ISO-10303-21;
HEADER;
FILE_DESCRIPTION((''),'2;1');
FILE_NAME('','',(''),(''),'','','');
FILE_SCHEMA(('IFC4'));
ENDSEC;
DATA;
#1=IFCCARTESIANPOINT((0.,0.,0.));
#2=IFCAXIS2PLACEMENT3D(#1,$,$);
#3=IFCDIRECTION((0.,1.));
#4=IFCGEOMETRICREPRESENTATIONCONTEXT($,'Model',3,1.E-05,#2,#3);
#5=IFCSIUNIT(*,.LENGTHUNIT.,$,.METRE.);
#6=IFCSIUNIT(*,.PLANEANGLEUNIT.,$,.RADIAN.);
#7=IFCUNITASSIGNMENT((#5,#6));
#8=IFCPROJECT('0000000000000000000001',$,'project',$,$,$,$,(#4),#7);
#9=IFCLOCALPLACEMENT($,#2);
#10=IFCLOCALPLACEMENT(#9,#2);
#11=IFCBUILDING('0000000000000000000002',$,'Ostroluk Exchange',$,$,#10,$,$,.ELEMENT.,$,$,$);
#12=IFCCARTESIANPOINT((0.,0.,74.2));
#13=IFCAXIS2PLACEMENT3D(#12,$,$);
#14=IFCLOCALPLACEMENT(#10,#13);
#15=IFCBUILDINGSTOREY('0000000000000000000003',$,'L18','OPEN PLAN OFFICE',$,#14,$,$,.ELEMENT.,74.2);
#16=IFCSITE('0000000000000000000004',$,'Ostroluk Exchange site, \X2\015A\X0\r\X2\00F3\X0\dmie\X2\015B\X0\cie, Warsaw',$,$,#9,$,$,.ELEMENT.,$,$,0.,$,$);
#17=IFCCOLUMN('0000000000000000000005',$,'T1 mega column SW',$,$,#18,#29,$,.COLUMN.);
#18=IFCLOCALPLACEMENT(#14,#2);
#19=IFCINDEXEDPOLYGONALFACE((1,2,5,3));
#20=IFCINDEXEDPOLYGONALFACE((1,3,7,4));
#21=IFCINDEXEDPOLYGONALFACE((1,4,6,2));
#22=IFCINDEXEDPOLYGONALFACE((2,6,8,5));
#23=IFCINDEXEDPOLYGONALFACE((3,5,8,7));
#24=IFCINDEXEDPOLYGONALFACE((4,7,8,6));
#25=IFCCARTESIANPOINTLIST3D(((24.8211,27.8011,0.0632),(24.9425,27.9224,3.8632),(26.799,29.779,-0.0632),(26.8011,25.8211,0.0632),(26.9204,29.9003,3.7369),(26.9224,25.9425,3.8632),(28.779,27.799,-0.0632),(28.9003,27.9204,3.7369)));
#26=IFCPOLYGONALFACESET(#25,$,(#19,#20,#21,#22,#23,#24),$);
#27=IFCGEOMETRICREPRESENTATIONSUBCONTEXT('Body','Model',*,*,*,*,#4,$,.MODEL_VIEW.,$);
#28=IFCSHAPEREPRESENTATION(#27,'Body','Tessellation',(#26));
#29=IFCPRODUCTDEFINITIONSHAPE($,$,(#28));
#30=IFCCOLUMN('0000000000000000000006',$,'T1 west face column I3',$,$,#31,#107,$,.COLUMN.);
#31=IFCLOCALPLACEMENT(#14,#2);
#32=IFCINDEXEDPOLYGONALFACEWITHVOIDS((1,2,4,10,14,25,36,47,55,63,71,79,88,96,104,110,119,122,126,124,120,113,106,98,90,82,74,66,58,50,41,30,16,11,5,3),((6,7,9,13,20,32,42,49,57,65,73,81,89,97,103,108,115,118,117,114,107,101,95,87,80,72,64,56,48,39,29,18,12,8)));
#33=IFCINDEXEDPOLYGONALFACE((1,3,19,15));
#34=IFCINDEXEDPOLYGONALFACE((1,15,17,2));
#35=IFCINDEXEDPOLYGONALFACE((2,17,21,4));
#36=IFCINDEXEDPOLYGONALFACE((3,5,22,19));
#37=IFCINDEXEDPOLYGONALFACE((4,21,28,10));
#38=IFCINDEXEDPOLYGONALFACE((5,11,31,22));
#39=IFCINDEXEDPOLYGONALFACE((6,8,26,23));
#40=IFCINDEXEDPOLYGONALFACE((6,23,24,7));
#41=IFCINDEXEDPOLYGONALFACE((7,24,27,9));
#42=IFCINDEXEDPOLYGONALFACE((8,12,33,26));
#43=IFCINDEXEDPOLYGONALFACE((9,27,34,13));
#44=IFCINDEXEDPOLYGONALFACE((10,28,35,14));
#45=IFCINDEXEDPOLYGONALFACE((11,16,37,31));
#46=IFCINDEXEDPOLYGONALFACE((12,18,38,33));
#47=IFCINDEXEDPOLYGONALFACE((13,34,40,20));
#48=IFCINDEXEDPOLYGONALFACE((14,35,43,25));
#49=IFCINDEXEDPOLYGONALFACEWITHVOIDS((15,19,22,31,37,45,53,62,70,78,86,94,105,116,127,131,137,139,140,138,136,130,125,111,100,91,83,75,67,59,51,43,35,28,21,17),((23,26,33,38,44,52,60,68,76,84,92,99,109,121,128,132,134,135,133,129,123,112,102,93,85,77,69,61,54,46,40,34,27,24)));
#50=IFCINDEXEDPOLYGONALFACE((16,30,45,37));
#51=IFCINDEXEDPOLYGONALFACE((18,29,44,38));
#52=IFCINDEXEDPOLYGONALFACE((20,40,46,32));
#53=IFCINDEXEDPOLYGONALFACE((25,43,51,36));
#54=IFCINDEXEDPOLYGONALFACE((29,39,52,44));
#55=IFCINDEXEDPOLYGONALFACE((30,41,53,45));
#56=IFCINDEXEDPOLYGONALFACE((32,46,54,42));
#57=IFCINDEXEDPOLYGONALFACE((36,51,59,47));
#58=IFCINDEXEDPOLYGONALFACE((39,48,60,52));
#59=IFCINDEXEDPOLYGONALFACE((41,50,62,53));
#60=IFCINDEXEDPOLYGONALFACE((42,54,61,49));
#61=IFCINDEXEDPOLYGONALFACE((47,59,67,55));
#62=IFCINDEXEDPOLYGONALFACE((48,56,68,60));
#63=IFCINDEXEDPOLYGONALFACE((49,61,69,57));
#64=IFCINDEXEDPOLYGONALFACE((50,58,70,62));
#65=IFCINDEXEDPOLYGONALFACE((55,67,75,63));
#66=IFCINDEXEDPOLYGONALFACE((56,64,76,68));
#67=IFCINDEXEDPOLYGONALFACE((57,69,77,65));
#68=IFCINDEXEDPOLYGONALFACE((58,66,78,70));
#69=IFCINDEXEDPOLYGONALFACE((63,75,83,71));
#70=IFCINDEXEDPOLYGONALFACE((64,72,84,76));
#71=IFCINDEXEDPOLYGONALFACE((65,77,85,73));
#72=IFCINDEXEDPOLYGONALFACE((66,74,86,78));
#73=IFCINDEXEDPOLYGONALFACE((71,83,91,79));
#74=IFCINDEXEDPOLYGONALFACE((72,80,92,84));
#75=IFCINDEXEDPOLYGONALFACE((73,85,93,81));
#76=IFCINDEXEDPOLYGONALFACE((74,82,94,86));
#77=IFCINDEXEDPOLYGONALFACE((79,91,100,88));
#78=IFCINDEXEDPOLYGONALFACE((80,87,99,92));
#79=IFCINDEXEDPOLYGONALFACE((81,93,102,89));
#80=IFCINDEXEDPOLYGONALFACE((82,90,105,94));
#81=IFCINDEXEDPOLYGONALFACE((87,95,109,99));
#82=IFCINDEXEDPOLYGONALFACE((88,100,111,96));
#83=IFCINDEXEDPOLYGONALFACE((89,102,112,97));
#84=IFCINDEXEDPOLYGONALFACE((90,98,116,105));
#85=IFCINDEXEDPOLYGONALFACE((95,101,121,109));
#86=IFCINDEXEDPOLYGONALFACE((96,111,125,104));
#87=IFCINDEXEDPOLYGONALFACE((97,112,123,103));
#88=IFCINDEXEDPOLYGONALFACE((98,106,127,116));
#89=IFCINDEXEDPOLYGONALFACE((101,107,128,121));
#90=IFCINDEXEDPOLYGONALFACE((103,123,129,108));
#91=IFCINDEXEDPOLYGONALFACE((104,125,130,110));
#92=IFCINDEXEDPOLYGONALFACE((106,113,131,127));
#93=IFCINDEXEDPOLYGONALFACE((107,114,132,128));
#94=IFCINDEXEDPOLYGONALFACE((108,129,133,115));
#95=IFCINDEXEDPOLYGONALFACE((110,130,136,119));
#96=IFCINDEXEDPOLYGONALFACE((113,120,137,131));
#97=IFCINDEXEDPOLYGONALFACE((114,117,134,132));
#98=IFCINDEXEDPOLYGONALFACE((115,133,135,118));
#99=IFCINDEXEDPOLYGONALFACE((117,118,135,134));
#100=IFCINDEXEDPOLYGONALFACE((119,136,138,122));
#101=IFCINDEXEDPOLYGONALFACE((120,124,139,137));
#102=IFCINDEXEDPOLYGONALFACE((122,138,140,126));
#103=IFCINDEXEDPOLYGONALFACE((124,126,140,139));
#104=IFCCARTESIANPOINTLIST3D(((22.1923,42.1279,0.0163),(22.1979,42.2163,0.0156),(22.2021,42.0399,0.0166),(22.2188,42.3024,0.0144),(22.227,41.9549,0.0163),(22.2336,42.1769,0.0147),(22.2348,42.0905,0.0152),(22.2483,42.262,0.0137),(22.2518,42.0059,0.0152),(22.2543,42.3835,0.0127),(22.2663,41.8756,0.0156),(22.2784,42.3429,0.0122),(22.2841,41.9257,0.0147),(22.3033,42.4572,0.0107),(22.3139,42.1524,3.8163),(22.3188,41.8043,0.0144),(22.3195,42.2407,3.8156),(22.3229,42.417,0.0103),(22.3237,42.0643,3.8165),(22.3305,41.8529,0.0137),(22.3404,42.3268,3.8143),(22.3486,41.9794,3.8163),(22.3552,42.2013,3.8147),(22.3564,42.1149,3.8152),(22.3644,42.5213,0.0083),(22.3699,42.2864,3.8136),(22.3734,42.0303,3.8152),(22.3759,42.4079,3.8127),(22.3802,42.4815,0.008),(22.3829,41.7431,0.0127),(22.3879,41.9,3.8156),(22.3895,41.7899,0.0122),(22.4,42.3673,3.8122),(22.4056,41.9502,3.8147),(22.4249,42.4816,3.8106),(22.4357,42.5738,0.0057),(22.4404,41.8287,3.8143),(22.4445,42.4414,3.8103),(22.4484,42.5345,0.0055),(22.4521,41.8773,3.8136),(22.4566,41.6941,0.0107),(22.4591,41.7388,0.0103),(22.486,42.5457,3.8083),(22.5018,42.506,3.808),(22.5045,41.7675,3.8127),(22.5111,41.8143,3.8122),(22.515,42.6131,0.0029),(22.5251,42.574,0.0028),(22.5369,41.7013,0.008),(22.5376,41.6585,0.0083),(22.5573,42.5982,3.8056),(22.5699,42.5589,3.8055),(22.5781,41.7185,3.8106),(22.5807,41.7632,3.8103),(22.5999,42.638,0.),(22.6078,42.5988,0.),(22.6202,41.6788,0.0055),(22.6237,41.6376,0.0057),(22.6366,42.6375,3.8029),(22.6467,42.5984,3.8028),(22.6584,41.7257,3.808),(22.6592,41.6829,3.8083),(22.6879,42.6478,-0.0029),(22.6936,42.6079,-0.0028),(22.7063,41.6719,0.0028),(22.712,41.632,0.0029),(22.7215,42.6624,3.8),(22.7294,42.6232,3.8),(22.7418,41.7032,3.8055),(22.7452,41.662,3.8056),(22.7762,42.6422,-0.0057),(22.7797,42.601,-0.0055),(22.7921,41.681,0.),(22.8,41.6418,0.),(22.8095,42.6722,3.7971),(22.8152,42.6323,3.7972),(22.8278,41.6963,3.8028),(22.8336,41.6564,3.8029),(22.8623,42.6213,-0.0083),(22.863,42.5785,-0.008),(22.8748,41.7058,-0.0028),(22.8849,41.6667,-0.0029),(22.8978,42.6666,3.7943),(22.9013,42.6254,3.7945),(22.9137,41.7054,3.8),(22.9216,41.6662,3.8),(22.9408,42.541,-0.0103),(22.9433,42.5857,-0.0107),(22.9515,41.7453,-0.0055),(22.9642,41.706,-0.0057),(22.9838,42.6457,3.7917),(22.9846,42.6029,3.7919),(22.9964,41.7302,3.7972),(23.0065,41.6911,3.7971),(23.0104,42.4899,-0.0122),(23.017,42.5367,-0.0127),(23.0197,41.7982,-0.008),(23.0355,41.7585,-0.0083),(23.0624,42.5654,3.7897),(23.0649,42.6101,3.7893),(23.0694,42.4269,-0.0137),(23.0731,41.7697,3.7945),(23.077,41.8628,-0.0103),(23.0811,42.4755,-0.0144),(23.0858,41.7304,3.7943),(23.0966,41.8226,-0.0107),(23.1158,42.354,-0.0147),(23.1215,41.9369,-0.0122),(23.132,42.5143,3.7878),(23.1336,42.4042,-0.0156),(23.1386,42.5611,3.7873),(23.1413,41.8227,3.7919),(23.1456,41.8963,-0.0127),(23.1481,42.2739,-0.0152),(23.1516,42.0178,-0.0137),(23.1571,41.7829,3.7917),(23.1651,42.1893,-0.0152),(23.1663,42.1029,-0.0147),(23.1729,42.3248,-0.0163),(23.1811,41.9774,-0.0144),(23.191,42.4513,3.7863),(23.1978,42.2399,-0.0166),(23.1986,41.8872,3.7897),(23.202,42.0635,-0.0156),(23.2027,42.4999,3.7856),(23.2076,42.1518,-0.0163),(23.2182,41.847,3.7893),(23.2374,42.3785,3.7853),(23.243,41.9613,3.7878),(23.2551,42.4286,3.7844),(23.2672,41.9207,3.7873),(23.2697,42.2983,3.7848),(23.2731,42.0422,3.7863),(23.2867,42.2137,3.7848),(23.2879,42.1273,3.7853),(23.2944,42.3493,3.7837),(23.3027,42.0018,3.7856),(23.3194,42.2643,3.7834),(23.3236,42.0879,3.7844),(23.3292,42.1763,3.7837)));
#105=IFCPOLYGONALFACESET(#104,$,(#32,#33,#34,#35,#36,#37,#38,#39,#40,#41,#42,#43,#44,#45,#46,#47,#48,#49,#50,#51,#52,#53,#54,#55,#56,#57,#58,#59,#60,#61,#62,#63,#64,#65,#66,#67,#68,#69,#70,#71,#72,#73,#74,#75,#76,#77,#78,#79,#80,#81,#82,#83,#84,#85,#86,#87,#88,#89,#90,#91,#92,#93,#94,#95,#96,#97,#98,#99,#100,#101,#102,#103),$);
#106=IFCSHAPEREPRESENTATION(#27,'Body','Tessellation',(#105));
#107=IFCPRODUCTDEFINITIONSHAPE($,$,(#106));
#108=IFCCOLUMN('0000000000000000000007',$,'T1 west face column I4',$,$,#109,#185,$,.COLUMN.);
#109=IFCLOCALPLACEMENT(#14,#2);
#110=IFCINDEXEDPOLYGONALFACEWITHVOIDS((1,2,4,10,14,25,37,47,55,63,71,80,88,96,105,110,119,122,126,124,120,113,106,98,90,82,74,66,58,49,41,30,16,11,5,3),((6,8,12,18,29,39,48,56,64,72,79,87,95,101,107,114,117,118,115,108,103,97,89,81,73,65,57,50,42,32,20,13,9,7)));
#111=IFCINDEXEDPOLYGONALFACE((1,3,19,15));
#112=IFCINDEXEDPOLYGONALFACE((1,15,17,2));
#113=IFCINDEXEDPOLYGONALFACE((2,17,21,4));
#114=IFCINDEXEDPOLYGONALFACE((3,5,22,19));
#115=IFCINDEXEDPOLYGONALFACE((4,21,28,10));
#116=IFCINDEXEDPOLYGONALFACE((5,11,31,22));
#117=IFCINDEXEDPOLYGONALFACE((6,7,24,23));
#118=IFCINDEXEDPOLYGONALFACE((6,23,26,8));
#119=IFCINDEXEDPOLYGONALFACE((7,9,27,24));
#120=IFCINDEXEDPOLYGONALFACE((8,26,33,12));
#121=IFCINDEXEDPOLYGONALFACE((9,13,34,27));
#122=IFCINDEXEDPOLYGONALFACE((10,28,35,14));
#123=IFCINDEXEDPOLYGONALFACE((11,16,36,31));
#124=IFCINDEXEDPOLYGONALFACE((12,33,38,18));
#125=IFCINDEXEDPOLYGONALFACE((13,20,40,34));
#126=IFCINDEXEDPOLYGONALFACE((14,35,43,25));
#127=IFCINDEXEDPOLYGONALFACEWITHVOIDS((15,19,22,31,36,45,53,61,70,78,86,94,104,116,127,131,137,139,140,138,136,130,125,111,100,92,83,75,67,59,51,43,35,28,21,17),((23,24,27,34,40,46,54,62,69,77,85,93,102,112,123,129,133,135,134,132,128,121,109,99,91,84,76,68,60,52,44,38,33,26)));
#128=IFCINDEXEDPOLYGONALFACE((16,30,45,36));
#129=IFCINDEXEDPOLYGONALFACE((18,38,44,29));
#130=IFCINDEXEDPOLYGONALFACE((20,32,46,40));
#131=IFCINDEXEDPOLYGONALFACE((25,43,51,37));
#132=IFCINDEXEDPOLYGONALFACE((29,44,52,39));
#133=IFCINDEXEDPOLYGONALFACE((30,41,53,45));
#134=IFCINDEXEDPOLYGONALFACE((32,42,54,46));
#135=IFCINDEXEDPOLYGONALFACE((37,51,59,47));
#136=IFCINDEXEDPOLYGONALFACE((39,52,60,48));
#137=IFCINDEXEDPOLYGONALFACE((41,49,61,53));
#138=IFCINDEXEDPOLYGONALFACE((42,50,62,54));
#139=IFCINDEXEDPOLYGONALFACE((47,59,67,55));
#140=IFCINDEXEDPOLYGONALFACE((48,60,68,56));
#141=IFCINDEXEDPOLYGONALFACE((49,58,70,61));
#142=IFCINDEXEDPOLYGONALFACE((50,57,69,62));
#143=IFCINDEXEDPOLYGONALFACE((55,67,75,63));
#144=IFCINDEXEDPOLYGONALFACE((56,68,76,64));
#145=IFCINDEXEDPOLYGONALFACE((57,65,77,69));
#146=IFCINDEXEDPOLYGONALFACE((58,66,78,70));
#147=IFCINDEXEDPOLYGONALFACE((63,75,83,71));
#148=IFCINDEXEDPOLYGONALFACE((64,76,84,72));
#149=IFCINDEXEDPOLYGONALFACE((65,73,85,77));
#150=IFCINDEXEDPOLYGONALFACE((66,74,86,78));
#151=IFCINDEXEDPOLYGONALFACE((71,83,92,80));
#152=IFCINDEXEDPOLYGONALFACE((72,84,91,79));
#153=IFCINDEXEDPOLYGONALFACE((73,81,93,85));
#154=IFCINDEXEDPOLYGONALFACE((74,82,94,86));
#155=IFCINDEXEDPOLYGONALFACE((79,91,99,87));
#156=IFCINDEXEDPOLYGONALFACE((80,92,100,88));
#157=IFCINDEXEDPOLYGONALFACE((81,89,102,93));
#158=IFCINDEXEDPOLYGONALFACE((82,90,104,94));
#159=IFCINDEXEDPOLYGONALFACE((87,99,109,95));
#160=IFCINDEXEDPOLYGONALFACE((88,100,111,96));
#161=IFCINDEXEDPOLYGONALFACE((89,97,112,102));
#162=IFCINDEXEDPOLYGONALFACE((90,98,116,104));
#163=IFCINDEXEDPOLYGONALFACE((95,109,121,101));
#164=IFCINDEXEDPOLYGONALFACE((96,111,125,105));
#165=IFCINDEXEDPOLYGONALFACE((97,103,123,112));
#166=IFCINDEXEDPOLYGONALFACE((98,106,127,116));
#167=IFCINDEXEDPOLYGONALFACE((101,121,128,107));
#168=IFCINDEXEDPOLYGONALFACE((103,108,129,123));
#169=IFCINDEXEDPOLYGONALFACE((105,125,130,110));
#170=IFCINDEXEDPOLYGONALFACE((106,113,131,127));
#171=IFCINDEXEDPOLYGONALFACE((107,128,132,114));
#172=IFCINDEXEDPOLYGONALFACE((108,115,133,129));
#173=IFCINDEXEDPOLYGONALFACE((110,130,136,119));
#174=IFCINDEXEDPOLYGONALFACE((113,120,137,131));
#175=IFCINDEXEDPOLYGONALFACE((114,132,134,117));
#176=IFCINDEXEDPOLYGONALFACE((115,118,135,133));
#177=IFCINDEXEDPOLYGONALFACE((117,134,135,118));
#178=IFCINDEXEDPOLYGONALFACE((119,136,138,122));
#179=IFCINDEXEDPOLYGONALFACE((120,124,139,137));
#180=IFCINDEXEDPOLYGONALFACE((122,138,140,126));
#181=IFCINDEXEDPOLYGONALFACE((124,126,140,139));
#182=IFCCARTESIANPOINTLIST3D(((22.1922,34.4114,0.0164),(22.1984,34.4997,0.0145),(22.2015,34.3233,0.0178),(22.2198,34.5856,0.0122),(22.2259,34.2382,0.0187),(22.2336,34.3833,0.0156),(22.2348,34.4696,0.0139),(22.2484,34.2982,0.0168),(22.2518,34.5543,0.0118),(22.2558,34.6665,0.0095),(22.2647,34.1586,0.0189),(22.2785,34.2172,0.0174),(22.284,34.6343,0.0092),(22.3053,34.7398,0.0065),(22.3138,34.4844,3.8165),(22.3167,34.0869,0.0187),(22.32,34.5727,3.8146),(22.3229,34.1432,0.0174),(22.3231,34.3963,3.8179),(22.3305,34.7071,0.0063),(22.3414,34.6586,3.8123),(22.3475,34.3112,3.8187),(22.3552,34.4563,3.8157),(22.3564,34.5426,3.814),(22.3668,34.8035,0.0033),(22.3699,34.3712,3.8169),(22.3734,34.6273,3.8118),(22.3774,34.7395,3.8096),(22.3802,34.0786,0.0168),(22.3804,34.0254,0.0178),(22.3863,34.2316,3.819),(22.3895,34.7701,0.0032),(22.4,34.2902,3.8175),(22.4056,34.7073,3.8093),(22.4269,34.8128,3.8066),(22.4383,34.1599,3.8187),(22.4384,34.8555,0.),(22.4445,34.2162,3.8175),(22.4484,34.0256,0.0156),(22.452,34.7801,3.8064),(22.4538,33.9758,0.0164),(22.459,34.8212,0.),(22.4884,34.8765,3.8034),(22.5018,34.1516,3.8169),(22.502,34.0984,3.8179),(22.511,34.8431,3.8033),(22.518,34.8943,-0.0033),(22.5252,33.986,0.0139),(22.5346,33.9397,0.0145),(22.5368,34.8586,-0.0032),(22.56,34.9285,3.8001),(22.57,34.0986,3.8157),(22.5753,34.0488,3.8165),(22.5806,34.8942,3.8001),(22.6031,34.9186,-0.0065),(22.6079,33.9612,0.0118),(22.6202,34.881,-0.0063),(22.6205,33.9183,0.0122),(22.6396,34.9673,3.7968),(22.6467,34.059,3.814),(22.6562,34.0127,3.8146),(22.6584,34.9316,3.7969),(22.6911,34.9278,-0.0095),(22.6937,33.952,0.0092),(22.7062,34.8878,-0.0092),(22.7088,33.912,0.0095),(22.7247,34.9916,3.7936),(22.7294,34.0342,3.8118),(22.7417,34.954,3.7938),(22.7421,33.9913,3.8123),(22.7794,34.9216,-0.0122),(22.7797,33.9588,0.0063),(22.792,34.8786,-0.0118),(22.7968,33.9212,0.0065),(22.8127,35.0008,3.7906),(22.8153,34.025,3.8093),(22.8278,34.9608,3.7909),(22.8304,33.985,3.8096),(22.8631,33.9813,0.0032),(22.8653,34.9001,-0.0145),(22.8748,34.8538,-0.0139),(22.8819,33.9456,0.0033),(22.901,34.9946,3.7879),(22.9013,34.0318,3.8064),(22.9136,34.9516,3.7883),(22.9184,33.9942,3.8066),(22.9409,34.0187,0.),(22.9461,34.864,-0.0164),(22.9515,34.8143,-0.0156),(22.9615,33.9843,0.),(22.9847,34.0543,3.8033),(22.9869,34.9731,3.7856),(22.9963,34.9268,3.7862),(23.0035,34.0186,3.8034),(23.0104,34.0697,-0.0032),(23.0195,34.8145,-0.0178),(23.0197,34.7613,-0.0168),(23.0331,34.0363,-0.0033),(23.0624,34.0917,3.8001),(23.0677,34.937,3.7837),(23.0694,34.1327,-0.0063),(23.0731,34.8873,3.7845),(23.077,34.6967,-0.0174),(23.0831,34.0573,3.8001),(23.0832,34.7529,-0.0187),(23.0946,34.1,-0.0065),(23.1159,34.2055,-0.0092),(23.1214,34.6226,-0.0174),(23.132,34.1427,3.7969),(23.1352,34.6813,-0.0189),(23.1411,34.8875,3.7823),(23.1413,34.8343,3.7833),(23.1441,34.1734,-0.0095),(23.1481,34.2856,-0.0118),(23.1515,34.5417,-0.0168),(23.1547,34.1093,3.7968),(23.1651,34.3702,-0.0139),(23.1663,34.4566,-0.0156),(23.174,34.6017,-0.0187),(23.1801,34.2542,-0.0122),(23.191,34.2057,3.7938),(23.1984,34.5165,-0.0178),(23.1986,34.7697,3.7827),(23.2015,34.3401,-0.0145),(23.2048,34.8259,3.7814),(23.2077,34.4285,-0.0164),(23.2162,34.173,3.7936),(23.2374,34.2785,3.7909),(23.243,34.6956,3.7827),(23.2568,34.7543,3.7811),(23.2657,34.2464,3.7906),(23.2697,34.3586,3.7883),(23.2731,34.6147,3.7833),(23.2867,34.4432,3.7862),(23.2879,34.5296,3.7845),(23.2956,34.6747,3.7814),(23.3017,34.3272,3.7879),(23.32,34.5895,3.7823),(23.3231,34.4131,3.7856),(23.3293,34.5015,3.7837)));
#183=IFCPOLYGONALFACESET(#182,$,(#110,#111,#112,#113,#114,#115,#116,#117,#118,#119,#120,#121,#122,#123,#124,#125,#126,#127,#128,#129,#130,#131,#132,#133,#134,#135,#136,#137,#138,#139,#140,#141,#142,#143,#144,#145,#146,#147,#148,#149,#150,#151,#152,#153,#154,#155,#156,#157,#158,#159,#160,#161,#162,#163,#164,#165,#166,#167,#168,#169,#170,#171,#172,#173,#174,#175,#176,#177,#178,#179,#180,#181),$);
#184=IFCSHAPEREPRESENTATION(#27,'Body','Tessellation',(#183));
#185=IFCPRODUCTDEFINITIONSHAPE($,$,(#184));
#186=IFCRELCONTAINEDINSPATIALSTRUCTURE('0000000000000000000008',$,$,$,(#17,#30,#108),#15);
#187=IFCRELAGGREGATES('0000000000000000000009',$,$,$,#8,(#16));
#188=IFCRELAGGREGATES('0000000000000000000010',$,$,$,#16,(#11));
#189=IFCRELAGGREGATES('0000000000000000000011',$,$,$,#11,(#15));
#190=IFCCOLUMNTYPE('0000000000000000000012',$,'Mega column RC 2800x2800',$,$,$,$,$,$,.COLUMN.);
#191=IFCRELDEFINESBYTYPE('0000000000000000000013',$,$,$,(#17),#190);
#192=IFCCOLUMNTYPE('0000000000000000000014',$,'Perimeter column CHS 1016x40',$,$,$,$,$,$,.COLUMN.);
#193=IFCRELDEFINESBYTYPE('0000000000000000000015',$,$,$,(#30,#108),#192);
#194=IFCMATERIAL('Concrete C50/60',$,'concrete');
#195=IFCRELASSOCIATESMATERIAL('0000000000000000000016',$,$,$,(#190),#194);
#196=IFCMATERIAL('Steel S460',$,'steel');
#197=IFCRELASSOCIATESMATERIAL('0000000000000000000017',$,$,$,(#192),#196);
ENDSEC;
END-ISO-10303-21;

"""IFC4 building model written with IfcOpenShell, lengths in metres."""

from ifc_helpers import new_model, si_unit, direction, frame, origin, origin_2d, place, context, subcontext, project, spatial, rectangle, hollow_circle, extrude, material, material_profile, profile_set, type_object, element, save


model = new_model("IFC4")

# Units and contexts
model_context = context("Model", 3, precision=1e-05, world=origin(), true_north=direction((0.0, 1.0)))
body_context = subcontext(model_context, "Body", "Model", "MODEL_VIEW")
ifc_project = project(units=[si_unit("LENGTHUNIT", "METRE"), si_unit("PLANEANGLEUNIT", "RADIAN")], contexts=[model_context])

# Site, building, storey
site_placement = place(None, origin())
site = spatial("IfcSite", under=ifc_project, at=site_placement, Name="Ostroluk Exchange site, Śródmieście, Warsaw", CompositionType="ELEMENT", RefElevation=0.0)
building_placement = place(site_placement, origin())
building = spatial("IfcBuilding", under=site, at=building_placement, Name="Ostroluk Exchange", CompositionType="ELEMENT")
storey_placement = place(building_placement, frame((0.0, 0.0, 74.2)))
storey = spatial("IfcBuildingStorey", under=building, at=storey_placement, Name="L18", Description="OPEN PLAN OFFICE", CompositionType="ELEMENT", Elevation=74.2)

# Columns
ifc_material_1 = material(Name="Concrete C50/60", Category="concrete")
ifc_material_profile_1 = material_profile(ifc_material_1, rectangle(XDim=2.8, YDim=2.8, at=origin_2d()), Name="RC 2800x2800")
ifc_profile_set_1 = profile_set([ifc_material_profile_1], Name="Concrete C50/60")
column_type_1 = type_object("IfcColumnType", Name="Mega column RC 2800x2800", PredefinedType="COLUMN", material=ifc_profile_set_1)
column_1_placement = place(storey_placement, frame((26.8, 27.8, 0.0), z_axis=(0.031898, 0.031898, 0.998982), x_axis=(-0.707107, 0.707107, 0.0)))
element("IfcColumn", 1, at=column_1_placement, inside=storey, type_object=column_type_1, Name="T1 mega column SW", PredefinedType="COLUMN", context=body_context, shape_type="SweptSolid", body=[
    extrude(rectangle(XDim=2.8, YDim=2.8, at=origin_2d()), origin(), (0.0, 0.0, 1.0), 3.804),
])
ifc_material_2 = material(Name="Steel S460", Category="steel")
ifc_material_profile_2 = material_profile(ifc_material_2, hollow_circle(Radius=0.5081, WallThickness=0.04, at=origin_2d()), Name="CHS 1016x40")
ifc_profile_set_2 = profile_set([ifc_material_profile_2], Name="Steel S460")
column_type_2 = type_object("IfcColumnType", Name="Perimeter column CHS 1016x40", PredefinedType="COLUMN", material=ifc_profile_set_2)
column_2_placement = place(storey_placement, frame((22.7, 42.1399, 0.0), z_axis=(0.031978, 0.006421, 0.999468), x_axis=(-0.196873, 0.980429, 0.0)))
element("IfcColumn", 2, at=column_2_placement, inside=storey, type_object=column_type_2, Name="T1 west face column I3", PredefinedType="COLUMN", context=body_context, shape_type="SweptSolid", body=[
    extrude(hollow_circle(Radius=0.5081, WallThickness=0.04, at=origin_2d()), origin(), (0.0, 0.0, 1.0), 3.802),
])
column_3_placement = place(storey_placement, frame((22.7, 34.4199, 0.0), z_axis=(0.031973, 0.019196, 0.999304), x_axis=(-0.514749, 0.857341, 0.0)))
element("IfcColumn", 3, at=column_3_placement, inside=storey, type_object=column_type_2, Name="T1 west face column I4", PredefinedType="COLUMN", context=body_context, shape_type="SweptSolid", body=[
    extrude(hollow_circle(Radius=0.5081, WallThickness=0.04, at=origin_2d()), origin(), (0.0, 0.0, 1.0), 3.8027),
])

save(model, "model.ifc")
